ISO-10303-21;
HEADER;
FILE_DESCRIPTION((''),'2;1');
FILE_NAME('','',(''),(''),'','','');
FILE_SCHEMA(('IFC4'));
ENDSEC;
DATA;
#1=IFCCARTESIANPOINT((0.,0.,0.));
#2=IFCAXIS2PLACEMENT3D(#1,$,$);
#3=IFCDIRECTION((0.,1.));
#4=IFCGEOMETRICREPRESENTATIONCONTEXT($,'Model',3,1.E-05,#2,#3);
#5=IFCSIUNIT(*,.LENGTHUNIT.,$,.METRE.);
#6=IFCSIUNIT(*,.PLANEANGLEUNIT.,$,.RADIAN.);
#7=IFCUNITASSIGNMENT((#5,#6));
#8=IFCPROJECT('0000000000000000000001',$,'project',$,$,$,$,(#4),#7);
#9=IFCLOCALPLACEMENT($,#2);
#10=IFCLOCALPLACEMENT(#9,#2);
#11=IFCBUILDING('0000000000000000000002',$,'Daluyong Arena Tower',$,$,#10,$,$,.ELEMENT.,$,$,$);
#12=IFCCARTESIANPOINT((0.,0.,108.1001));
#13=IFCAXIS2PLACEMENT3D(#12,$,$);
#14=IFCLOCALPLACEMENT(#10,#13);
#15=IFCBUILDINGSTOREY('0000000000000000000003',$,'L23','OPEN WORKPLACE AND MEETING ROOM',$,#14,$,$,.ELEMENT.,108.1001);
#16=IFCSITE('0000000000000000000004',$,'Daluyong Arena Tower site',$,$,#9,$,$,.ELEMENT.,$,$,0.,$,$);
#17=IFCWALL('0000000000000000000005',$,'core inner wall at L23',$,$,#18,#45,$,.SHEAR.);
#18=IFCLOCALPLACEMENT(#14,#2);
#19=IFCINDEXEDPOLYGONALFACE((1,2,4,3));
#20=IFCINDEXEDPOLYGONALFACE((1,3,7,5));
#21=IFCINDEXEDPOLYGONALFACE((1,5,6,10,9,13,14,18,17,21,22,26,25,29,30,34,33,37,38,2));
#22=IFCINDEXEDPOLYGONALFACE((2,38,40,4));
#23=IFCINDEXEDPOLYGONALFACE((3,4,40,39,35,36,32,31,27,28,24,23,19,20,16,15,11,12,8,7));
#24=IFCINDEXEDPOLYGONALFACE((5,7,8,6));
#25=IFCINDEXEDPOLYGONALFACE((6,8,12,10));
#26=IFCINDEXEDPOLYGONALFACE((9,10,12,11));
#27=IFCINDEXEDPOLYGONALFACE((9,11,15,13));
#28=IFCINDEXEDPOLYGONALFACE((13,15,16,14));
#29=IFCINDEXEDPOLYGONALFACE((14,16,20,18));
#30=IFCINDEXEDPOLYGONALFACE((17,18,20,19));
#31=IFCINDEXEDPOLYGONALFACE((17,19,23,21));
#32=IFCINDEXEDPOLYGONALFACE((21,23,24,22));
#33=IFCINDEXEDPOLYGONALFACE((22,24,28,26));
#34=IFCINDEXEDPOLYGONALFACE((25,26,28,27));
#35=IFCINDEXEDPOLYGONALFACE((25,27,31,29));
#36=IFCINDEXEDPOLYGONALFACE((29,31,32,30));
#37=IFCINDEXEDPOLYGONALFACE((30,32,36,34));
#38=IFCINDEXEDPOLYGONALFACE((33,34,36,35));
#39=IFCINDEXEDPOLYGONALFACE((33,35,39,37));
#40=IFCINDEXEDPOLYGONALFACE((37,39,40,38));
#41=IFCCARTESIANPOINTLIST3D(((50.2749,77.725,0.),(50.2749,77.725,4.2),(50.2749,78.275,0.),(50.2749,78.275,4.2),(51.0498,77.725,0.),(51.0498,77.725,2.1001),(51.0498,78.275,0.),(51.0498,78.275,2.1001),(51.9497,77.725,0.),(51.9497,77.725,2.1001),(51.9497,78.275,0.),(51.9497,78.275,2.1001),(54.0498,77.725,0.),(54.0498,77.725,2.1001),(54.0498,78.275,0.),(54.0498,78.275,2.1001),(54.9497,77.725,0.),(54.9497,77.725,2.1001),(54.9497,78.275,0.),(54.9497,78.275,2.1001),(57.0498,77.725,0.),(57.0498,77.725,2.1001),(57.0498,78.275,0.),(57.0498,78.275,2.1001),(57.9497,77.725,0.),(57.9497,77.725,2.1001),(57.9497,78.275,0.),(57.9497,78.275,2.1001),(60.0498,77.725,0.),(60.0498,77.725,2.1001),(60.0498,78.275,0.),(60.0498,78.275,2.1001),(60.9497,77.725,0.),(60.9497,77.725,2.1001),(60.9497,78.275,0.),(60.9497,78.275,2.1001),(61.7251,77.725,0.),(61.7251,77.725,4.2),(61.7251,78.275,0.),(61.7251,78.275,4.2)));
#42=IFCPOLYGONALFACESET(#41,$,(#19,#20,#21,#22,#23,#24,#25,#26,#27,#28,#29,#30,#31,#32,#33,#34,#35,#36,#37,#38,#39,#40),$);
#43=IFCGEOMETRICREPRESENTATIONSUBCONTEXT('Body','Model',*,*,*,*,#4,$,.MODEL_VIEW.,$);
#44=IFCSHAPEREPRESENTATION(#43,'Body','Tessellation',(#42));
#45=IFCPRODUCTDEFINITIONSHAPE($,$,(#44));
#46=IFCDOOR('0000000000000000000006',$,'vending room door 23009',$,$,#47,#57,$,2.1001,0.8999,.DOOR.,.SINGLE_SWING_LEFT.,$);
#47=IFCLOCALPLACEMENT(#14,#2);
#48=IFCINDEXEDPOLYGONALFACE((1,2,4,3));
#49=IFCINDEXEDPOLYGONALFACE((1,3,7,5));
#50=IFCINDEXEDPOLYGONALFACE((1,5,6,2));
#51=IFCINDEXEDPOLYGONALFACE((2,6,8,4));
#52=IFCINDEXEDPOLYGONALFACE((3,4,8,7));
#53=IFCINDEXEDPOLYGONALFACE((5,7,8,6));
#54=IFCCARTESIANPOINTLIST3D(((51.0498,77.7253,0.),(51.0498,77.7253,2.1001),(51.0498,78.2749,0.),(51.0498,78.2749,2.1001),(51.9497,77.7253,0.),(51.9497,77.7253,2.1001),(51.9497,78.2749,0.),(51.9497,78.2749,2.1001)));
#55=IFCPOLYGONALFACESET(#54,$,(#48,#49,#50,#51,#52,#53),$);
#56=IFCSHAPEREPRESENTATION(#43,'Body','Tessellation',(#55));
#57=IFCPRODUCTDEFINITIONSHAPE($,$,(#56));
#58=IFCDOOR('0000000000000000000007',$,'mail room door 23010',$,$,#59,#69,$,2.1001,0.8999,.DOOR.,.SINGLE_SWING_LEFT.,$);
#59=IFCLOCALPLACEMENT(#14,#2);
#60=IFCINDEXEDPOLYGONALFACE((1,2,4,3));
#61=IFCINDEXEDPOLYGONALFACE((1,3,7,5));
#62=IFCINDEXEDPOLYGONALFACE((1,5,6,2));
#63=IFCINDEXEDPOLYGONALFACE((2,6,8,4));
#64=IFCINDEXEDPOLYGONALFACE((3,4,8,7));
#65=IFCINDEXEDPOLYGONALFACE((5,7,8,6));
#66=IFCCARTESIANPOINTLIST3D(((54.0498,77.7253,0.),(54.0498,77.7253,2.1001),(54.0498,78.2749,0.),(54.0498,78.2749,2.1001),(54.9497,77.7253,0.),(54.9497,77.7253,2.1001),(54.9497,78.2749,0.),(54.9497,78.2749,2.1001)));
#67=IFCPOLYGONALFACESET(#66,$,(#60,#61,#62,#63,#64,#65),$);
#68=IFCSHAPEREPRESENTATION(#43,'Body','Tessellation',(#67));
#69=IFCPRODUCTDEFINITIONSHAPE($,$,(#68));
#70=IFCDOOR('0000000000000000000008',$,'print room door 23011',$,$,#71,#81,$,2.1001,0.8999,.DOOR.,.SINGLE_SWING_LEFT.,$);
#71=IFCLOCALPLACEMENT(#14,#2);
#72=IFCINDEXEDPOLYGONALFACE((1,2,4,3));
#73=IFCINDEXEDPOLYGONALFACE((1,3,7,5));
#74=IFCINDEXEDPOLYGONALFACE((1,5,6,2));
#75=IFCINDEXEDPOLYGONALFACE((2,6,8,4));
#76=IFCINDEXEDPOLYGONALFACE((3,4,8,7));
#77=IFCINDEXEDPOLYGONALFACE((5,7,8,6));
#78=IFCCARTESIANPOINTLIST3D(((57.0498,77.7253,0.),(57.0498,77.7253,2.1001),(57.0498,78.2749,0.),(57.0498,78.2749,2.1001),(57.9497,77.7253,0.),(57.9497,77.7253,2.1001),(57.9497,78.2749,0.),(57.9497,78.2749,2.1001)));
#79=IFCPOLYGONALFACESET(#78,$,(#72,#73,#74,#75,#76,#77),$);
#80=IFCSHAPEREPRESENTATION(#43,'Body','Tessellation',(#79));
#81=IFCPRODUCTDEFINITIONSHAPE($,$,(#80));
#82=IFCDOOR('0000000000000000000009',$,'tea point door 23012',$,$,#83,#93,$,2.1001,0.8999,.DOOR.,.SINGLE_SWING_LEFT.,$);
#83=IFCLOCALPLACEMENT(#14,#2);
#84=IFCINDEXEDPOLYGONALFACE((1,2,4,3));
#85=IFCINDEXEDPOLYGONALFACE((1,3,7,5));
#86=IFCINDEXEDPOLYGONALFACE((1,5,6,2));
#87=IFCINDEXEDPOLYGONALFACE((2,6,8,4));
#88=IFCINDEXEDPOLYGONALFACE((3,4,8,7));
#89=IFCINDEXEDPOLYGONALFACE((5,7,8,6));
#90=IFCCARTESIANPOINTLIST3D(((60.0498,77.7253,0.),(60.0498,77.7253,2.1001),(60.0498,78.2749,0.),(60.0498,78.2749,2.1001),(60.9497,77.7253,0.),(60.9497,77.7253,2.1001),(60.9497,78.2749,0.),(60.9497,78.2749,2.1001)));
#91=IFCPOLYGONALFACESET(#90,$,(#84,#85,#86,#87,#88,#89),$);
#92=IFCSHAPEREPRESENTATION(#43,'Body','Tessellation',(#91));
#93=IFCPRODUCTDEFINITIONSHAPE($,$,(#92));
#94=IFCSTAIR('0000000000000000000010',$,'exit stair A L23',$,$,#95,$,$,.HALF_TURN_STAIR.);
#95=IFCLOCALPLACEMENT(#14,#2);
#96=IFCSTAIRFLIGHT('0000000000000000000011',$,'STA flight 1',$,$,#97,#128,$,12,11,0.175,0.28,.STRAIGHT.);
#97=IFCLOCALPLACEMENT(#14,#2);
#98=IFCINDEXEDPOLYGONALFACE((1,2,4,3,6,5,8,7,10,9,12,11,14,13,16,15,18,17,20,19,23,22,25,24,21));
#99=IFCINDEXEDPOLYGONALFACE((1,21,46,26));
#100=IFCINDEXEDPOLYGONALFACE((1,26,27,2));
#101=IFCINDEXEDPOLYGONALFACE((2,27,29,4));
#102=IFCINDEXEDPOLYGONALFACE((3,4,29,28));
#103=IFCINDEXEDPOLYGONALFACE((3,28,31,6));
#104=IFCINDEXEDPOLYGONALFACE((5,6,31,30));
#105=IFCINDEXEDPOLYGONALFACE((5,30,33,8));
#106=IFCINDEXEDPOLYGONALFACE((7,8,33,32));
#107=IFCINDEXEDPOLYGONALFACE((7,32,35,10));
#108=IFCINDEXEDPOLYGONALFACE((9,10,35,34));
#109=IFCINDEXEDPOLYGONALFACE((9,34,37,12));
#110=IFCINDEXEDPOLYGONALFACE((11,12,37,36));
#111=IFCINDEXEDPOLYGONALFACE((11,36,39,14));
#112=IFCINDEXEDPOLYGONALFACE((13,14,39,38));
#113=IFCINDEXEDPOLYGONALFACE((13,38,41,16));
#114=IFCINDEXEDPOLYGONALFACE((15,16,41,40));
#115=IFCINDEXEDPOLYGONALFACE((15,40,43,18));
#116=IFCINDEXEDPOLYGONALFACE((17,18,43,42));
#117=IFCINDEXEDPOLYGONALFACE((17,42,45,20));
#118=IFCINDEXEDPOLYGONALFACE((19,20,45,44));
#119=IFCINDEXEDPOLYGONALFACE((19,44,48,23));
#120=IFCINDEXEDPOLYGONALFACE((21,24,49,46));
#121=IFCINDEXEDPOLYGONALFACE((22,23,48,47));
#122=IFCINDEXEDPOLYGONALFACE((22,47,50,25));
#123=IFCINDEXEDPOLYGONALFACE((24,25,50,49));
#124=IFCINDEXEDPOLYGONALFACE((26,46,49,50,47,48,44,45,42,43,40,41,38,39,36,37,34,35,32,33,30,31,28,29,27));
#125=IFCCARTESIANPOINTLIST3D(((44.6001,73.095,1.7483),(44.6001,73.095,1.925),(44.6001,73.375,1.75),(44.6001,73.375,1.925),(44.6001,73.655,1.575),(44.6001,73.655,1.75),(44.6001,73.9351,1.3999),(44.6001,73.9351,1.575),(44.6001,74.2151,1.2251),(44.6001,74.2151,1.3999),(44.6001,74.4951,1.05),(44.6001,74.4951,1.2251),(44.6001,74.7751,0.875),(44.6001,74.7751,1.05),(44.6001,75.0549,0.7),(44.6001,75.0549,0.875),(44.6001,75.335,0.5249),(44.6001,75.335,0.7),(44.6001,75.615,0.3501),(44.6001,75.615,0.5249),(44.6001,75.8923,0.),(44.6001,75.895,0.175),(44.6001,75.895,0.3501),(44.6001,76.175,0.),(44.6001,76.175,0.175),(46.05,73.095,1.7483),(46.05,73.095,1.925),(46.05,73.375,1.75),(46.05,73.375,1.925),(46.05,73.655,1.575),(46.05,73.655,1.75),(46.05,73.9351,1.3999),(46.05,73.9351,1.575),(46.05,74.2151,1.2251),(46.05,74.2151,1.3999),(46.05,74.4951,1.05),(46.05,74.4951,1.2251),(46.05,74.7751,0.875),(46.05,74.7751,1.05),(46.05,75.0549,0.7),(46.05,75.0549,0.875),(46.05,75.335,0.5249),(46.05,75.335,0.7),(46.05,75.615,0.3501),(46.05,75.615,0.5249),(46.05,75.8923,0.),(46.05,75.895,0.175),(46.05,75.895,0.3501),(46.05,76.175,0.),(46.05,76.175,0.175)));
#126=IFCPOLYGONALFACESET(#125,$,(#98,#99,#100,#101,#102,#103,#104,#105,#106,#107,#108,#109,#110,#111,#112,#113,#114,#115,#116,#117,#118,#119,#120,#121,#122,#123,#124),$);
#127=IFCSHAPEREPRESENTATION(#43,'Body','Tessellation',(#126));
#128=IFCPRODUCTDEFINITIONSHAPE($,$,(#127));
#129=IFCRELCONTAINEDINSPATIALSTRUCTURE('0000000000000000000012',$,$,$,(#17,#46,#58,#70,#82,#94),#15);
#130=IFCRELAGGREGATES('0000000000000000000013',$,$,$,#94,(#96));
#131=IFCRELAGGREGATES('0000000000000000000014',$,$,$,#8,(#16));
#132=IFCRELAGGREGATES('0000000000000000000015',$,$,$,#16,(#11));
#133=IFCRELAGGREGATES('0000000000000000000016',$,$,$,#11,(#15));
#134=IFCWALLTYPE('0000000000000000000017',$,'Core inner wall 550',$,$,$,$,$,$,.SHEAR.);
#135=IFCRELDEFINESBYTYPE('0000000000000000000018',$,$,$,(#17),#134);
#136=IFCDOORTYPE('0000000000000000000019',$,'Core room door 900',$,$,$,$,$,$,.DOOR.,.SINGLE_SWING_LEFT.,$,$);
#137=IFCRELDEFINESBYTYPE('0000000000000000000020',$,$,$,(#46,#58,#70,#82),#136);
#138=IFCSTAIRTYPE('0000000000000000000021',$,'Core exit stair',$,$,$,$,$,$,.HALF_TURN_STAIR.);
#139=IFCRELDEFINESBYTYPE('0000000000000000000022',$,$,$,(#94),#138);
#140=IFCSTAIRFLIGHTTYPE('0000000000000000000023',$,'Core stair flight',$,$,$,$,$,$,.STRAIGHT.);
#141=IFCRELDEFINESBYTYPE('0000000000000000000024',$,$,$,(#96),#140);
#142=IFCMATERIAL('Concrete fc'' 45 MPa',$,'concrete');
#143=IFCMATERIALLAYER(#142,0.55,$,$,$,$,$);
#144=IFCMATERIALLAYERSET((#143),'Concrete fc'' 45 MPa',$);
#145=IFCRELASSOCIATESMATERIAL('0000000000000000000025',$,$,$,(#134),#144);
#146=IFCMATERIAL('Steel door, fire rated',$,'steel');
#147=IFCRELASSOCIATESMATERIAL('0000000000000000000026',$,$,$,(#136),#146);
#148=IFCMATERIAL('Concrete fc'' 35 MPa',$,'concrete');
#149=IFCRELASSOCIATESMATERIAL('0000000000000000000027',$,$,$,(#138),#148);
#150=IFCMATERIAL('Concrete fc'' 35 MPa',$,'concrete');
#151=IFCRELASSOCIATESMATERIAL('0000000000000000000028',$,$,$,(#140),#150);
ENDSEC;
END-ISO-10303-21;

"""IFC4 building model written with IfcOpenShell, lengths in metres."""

from ifc_helpers import new_model, si_unit, direction, frame, frame_2d, origin, place, context, subcontext, project, spatial, polyline, rectangle, outline, extrude, material, layer, layer_set, type_object, element, fill, aggregate, save


model = new_model("IFC4")

# Units and contexts
model_context = context("Model", 3, precision=1e-05, world=origin(), true_north=direction((0.0, 1.0)))
body_context = subcontext(model_context, "Body", "Model", "MODEL_VIEW")
ifc_project = project(units=[si_unit("LENGTHUNIT", "METRE"), si_unit("PLANEANGLEUNIT", "RADIAN")], contexts=[model_context])

# Site, building, storey
site_placement = place(None, origin())
site = spatial("IfcSite", under=ifc_project, at=site_placement, Name="Daluyong Arena Tower site", CompositionType="ELEMENT", RefElevation=0.0)
building_placement = place(site_placement, origin())
building = spatial("IfcBuilding", under=site, at=building_placement, Name="Daluyong Arena Tower", CompositionType="ELEMENT")
storey_placement = place(building_placement, frame((0.0, 0.0, 108.1001)))
storey = spatial("IfcBuildingStorey", under=building, at=storey_placement, Name="L23", Description="OPEN WORKPLACE AND MEETING ROOM", CompositionType="ELEMENT", Elevation=108.1001)

# Shared definitions
ifc_material_1 = material(Name="Concrete fc' 45 MPa", Category="concrete")
ifc_layer = layer(ifc_material_1, 0.55)
ifc_layer_set = layer_set([ifc_layer], Name="Concrete fc' 45 MPa")
wall_type = type_object("IfcWallType", Name="Core inner wall 550", PredefinedType="SHEAR", material=ifc_layer_set)
ifc_material_2 = material(Name="Steel door, fire rated", Category="steel")
door_type = type_object("IfcDoorType", Name="Core room door 900", OperationType="SINGLE_SWING_LEFT", PredefinedType="DOOR", material=ifc_material_2)

# Wall, openings, doors
wall_1_placement = place(storey_placement, frame((50.2749, 78.0, 0.0), z_axis=(0.0, 0.0, 1.0), x_axis=(1.0, 0.0, 0.0)))
wall_1 = element("IfcWall", 1, at=wall_1_placement, inside=storey, type_object=wall_type, Name="core inner wall at L23", PredefinedType="SHEAR", context=body_context, shape_type="SweptSolid", body=[
    extrude(rectangle(XDim=11.4502, YDim=0.55, at=frame_2d((5.7251, 0.0))), origin(), (0.0, 0.0, 1.0), 4.2),
])
opening_1_placement = place(wall_1_placement, frame((0.7749, 0.0, 0.0)))
opening_1 = element("IfcOpeningElement", 2, at=opening_1_placement, cuts=wall_1, PredefinedType="OPENING", context=body_context, shape_type="SweptSolid", body=[
    extrude(rectangle(XDim=0.8999, YDim=2.1001, at=frame_2d((0.45, 1.05))), frame((0.0, 0.2849, 0.0), z_axis=(0.0, -1.0, 0.0), x_axis=(1.0, 0.0, 0.0)), (0.0, 0.0, 1.0), 0.5701),
])
opening_2_placement = place(wall_1_placement, frame((3.7749, 0.0, 0.0)))
opening_2 = element("IfcOpeningElement", 3, at=opening_2_placement, cuts=wall_1, PredefinedType="OPENING", context=body_context, shape_type="SweptSolid", body=[
    extrude(rectangle(XDim=0.8999, YDim=2.1001, at=frame_2d((0.45, 1.05))), frame((0.0, 0.2849, 0.0), z_axis=(0.0, -1.0, 0.0), x_axis=(1.0, 0.0, 0.0)), (0.0, 0.0, 1.0), 0.5701),
])
opening_3_placement = place(wall_1_placement, frame((6.7749, 0.0, 0.0)))
opening_3 = element("IfcOpeningElement", 4, at=opening_3_placement, cuts=wall_1, PredefinedType="OPENING", context=body_context, shape_type="SweptSolid", body=[
    extrude(rectangle(XDim=0.8999, YDim=2.1001, at=frame_2d((0.45, 1.05))), frame((0.0, 0.2849, 0.0), z_axis=(0.0, -1.0, 0.0), x_axis=(1.0, 0.0, 0.0)), (0.0, 0.0, 1.0), 0.5701),
])
opening_4_placement = place(wall_1_placement, frame((9.7749, 0.0, 0.0)))
opening_4 = element("IfcOpeningElement", 5, at=opening_4_placement, cuts=wall_1, PredefinedType="OPENING", context=body_context, shape_type="SweptSolid", body=[
    extrude(rectangle(XDim=0.8999, YDim=2.1001, at=frame_2d((0.45, 1.05))), frame((0.0, 0.2849, 0.0), z_axis=(0.0, -1.0, 0.0), x_axis=(1.0, 0.0, 0.0)), (0.0, 0.0, 1.0), 0.5701),
])
door_1_placement = place(opening_1_placement, origin())
door_1 = element("IfcDoor", 6, at=door_1_placement, inside=storey, type_object=door_type, Name="vending room door 23009", OperationType="SINGLE_SWING_LEFT", OverallHeight=2.1001, OverallWidth=0.8999, PredefinedType="DOOR", context=body_context, shape_type="SweptSolid", body=[
    extrude(rectangle(XDim=0.8999, YDim=2.1001, at=frame_2d((0.45, 1.05))), frame((0.0, 0.2749, 0.0), z_axis=(0.0, -1.0, 0.0), x_axis=(1.0, 0.0, 0.0)), (0.0, 0.0, 1.0), 0.5496),
])
fill(opening_1, door_1)
door_2_placement = place(opening_2_placement, origin())
door_2 = element("IfcDoor", 7, at=door_2_placement, inside=storey, type_object=door_type, Name="mail room door 23010", OperationType="SINGLE_SWING_LEFT", OverallHeight=2.1001, OverallWidth=0.8999, PredefinedType="DOOR", context=body_context, shape_type="SweptSolid", body=[
    extrude(rectangle(XDim=0.8999, YDim=2.1001, at=frame_2d((0.45, 1.05))), frame((0.0, 0.2749, 0.0), z_axis=(0.0, -1.0, 0.0), x_axis=(1.0, 0.0, 0.0)), (0.0, 0.0, 1.0), 0.5496),
])
fill(opening_2, door_2)
door_3_placement = place(opening_3_placement, origin())
door_3 = element("IfcDoor", 8, at=door_3_placement, inside=storey, type_object=door_type, Name="print room door 23011", OperationType="SINGLE_SWING_LEFT", OverallHeight=2.1001, OverallWidth=0.8999, PredefinedType="DOOR", context=body_context, shape_type="SweptSolid", body=[
    extrude(rectangle(XDim=0.8999, YDim=2.1001, at=frame_2d((0.45, 1.05))), frame((0.0, 0.2749, 0.0), z_axis=(0.0, -1.0, 0.0), x_axis=(1.0, 0.0, 0.0)), (0.0, 0.0, 1.0), 0.5496),
])
fill(opening_3, door_3)
door_4_placement = place(opening_4_placement, origin())
door_4 = element("IfcDoor", 9, at=door_4_placement, inside=storey, type_object=door_type, Name="tea point door 23012", OperationType="SINGLE_SWING_LEFT", OverallHeight=2.1001, OverallWidth=0.8999, PredefinedType="DOOR", context=body_context, shape_type="SweptSolid", body=[
    extrude(rectangle(XDim=0.8999, YDim=2.1001, at=frame_2d((0.45, 1.05))), frame((0.0, 0.2749, 0.0), z_axis=(0.0, -1.0, 0.0), x_axis=(1.0, 0.0, 0.0)), (0.0, 0.0, 1.0), 0.5496),
])
fill(opening_4, door_4)

# Stair, stair flight
ifc_material_3 = material(Name="Concrete fc' 35 MPa", Category="concrete")
stair_type = type_object("IfcStairType", Name="Core exit stair", PredefinedType="HALF_TURN_STAIR", material=ifc_material_3)
stair_placement = place(storey_placement, origin())
stair = element("IfcStair", 10, at=stair_placement, inside=storey, type_object=stair_type, Name="exit stair A L23", PredefinedType="HALF_TURN_STAIR")
ifc_material_4 = material(Name="Concrete fc' 35 MPa", Category="concrete")
stair_flight_type = type_object("IfcStairFlightType", Name="Core stair flight", PredefinedType="STRAIGHT", material=ifc_material_4)
stair_flight_placement = place(storey_placement, frame((45.325, 76.175, 0.0), z_axis=(0.0, 0.0, 1.0), x_axis=(0.0, -1.0, 0.0)))
stair_flight = element("IfcStairFlight", 11, at=stair_flight_placement, type_object=stair_flight_type, Name="STA flight 1", NumberOfRisers=12, NumberOfTreads=11, PredefinedType="STRAIGHT", RiserHeight=0.175, TreadLength=0.28, context=body_context, shape_type="SweptSolid", body=[
    extrude(outline(polyline([(0.0, 0.0), (0.0, 0.175), (0.28, 0.175), (0.28, 0.3501), (0.5601, 0.3501), (0.5601, 0.5249), (0.8401, 0.5249), (0.8401, 0.7), (1.1201, 0.7), (1.1201, 0.875), (1.3999, 0.875), (1.3999, 1.05), (1.6799, 1.05), (1.6799, 1.2251), (1.96, 1.2251), (1.96, 1.3999), (2.24, 1.3999), (2.24, 1.575), (2.52, 1.575), (2.52, 1.75), (2.8, 1.75), (2.8, 1.925), (3.0801, 1.925), (3.0801, 2.1001), (3.0801, 1.7483), (0.2827, 0.0), (0.0, 0.0)])), frame((0.0, 0.7251, 0.0), z_axis=(0.0, -1.0, 0.0), x_axis=(1.0, 0.0, 0.0)), (0.0, 0.0, 1.0), 1.45),
])
aggregate(stair, [stair_flight])

save(model, "model.ifc")
